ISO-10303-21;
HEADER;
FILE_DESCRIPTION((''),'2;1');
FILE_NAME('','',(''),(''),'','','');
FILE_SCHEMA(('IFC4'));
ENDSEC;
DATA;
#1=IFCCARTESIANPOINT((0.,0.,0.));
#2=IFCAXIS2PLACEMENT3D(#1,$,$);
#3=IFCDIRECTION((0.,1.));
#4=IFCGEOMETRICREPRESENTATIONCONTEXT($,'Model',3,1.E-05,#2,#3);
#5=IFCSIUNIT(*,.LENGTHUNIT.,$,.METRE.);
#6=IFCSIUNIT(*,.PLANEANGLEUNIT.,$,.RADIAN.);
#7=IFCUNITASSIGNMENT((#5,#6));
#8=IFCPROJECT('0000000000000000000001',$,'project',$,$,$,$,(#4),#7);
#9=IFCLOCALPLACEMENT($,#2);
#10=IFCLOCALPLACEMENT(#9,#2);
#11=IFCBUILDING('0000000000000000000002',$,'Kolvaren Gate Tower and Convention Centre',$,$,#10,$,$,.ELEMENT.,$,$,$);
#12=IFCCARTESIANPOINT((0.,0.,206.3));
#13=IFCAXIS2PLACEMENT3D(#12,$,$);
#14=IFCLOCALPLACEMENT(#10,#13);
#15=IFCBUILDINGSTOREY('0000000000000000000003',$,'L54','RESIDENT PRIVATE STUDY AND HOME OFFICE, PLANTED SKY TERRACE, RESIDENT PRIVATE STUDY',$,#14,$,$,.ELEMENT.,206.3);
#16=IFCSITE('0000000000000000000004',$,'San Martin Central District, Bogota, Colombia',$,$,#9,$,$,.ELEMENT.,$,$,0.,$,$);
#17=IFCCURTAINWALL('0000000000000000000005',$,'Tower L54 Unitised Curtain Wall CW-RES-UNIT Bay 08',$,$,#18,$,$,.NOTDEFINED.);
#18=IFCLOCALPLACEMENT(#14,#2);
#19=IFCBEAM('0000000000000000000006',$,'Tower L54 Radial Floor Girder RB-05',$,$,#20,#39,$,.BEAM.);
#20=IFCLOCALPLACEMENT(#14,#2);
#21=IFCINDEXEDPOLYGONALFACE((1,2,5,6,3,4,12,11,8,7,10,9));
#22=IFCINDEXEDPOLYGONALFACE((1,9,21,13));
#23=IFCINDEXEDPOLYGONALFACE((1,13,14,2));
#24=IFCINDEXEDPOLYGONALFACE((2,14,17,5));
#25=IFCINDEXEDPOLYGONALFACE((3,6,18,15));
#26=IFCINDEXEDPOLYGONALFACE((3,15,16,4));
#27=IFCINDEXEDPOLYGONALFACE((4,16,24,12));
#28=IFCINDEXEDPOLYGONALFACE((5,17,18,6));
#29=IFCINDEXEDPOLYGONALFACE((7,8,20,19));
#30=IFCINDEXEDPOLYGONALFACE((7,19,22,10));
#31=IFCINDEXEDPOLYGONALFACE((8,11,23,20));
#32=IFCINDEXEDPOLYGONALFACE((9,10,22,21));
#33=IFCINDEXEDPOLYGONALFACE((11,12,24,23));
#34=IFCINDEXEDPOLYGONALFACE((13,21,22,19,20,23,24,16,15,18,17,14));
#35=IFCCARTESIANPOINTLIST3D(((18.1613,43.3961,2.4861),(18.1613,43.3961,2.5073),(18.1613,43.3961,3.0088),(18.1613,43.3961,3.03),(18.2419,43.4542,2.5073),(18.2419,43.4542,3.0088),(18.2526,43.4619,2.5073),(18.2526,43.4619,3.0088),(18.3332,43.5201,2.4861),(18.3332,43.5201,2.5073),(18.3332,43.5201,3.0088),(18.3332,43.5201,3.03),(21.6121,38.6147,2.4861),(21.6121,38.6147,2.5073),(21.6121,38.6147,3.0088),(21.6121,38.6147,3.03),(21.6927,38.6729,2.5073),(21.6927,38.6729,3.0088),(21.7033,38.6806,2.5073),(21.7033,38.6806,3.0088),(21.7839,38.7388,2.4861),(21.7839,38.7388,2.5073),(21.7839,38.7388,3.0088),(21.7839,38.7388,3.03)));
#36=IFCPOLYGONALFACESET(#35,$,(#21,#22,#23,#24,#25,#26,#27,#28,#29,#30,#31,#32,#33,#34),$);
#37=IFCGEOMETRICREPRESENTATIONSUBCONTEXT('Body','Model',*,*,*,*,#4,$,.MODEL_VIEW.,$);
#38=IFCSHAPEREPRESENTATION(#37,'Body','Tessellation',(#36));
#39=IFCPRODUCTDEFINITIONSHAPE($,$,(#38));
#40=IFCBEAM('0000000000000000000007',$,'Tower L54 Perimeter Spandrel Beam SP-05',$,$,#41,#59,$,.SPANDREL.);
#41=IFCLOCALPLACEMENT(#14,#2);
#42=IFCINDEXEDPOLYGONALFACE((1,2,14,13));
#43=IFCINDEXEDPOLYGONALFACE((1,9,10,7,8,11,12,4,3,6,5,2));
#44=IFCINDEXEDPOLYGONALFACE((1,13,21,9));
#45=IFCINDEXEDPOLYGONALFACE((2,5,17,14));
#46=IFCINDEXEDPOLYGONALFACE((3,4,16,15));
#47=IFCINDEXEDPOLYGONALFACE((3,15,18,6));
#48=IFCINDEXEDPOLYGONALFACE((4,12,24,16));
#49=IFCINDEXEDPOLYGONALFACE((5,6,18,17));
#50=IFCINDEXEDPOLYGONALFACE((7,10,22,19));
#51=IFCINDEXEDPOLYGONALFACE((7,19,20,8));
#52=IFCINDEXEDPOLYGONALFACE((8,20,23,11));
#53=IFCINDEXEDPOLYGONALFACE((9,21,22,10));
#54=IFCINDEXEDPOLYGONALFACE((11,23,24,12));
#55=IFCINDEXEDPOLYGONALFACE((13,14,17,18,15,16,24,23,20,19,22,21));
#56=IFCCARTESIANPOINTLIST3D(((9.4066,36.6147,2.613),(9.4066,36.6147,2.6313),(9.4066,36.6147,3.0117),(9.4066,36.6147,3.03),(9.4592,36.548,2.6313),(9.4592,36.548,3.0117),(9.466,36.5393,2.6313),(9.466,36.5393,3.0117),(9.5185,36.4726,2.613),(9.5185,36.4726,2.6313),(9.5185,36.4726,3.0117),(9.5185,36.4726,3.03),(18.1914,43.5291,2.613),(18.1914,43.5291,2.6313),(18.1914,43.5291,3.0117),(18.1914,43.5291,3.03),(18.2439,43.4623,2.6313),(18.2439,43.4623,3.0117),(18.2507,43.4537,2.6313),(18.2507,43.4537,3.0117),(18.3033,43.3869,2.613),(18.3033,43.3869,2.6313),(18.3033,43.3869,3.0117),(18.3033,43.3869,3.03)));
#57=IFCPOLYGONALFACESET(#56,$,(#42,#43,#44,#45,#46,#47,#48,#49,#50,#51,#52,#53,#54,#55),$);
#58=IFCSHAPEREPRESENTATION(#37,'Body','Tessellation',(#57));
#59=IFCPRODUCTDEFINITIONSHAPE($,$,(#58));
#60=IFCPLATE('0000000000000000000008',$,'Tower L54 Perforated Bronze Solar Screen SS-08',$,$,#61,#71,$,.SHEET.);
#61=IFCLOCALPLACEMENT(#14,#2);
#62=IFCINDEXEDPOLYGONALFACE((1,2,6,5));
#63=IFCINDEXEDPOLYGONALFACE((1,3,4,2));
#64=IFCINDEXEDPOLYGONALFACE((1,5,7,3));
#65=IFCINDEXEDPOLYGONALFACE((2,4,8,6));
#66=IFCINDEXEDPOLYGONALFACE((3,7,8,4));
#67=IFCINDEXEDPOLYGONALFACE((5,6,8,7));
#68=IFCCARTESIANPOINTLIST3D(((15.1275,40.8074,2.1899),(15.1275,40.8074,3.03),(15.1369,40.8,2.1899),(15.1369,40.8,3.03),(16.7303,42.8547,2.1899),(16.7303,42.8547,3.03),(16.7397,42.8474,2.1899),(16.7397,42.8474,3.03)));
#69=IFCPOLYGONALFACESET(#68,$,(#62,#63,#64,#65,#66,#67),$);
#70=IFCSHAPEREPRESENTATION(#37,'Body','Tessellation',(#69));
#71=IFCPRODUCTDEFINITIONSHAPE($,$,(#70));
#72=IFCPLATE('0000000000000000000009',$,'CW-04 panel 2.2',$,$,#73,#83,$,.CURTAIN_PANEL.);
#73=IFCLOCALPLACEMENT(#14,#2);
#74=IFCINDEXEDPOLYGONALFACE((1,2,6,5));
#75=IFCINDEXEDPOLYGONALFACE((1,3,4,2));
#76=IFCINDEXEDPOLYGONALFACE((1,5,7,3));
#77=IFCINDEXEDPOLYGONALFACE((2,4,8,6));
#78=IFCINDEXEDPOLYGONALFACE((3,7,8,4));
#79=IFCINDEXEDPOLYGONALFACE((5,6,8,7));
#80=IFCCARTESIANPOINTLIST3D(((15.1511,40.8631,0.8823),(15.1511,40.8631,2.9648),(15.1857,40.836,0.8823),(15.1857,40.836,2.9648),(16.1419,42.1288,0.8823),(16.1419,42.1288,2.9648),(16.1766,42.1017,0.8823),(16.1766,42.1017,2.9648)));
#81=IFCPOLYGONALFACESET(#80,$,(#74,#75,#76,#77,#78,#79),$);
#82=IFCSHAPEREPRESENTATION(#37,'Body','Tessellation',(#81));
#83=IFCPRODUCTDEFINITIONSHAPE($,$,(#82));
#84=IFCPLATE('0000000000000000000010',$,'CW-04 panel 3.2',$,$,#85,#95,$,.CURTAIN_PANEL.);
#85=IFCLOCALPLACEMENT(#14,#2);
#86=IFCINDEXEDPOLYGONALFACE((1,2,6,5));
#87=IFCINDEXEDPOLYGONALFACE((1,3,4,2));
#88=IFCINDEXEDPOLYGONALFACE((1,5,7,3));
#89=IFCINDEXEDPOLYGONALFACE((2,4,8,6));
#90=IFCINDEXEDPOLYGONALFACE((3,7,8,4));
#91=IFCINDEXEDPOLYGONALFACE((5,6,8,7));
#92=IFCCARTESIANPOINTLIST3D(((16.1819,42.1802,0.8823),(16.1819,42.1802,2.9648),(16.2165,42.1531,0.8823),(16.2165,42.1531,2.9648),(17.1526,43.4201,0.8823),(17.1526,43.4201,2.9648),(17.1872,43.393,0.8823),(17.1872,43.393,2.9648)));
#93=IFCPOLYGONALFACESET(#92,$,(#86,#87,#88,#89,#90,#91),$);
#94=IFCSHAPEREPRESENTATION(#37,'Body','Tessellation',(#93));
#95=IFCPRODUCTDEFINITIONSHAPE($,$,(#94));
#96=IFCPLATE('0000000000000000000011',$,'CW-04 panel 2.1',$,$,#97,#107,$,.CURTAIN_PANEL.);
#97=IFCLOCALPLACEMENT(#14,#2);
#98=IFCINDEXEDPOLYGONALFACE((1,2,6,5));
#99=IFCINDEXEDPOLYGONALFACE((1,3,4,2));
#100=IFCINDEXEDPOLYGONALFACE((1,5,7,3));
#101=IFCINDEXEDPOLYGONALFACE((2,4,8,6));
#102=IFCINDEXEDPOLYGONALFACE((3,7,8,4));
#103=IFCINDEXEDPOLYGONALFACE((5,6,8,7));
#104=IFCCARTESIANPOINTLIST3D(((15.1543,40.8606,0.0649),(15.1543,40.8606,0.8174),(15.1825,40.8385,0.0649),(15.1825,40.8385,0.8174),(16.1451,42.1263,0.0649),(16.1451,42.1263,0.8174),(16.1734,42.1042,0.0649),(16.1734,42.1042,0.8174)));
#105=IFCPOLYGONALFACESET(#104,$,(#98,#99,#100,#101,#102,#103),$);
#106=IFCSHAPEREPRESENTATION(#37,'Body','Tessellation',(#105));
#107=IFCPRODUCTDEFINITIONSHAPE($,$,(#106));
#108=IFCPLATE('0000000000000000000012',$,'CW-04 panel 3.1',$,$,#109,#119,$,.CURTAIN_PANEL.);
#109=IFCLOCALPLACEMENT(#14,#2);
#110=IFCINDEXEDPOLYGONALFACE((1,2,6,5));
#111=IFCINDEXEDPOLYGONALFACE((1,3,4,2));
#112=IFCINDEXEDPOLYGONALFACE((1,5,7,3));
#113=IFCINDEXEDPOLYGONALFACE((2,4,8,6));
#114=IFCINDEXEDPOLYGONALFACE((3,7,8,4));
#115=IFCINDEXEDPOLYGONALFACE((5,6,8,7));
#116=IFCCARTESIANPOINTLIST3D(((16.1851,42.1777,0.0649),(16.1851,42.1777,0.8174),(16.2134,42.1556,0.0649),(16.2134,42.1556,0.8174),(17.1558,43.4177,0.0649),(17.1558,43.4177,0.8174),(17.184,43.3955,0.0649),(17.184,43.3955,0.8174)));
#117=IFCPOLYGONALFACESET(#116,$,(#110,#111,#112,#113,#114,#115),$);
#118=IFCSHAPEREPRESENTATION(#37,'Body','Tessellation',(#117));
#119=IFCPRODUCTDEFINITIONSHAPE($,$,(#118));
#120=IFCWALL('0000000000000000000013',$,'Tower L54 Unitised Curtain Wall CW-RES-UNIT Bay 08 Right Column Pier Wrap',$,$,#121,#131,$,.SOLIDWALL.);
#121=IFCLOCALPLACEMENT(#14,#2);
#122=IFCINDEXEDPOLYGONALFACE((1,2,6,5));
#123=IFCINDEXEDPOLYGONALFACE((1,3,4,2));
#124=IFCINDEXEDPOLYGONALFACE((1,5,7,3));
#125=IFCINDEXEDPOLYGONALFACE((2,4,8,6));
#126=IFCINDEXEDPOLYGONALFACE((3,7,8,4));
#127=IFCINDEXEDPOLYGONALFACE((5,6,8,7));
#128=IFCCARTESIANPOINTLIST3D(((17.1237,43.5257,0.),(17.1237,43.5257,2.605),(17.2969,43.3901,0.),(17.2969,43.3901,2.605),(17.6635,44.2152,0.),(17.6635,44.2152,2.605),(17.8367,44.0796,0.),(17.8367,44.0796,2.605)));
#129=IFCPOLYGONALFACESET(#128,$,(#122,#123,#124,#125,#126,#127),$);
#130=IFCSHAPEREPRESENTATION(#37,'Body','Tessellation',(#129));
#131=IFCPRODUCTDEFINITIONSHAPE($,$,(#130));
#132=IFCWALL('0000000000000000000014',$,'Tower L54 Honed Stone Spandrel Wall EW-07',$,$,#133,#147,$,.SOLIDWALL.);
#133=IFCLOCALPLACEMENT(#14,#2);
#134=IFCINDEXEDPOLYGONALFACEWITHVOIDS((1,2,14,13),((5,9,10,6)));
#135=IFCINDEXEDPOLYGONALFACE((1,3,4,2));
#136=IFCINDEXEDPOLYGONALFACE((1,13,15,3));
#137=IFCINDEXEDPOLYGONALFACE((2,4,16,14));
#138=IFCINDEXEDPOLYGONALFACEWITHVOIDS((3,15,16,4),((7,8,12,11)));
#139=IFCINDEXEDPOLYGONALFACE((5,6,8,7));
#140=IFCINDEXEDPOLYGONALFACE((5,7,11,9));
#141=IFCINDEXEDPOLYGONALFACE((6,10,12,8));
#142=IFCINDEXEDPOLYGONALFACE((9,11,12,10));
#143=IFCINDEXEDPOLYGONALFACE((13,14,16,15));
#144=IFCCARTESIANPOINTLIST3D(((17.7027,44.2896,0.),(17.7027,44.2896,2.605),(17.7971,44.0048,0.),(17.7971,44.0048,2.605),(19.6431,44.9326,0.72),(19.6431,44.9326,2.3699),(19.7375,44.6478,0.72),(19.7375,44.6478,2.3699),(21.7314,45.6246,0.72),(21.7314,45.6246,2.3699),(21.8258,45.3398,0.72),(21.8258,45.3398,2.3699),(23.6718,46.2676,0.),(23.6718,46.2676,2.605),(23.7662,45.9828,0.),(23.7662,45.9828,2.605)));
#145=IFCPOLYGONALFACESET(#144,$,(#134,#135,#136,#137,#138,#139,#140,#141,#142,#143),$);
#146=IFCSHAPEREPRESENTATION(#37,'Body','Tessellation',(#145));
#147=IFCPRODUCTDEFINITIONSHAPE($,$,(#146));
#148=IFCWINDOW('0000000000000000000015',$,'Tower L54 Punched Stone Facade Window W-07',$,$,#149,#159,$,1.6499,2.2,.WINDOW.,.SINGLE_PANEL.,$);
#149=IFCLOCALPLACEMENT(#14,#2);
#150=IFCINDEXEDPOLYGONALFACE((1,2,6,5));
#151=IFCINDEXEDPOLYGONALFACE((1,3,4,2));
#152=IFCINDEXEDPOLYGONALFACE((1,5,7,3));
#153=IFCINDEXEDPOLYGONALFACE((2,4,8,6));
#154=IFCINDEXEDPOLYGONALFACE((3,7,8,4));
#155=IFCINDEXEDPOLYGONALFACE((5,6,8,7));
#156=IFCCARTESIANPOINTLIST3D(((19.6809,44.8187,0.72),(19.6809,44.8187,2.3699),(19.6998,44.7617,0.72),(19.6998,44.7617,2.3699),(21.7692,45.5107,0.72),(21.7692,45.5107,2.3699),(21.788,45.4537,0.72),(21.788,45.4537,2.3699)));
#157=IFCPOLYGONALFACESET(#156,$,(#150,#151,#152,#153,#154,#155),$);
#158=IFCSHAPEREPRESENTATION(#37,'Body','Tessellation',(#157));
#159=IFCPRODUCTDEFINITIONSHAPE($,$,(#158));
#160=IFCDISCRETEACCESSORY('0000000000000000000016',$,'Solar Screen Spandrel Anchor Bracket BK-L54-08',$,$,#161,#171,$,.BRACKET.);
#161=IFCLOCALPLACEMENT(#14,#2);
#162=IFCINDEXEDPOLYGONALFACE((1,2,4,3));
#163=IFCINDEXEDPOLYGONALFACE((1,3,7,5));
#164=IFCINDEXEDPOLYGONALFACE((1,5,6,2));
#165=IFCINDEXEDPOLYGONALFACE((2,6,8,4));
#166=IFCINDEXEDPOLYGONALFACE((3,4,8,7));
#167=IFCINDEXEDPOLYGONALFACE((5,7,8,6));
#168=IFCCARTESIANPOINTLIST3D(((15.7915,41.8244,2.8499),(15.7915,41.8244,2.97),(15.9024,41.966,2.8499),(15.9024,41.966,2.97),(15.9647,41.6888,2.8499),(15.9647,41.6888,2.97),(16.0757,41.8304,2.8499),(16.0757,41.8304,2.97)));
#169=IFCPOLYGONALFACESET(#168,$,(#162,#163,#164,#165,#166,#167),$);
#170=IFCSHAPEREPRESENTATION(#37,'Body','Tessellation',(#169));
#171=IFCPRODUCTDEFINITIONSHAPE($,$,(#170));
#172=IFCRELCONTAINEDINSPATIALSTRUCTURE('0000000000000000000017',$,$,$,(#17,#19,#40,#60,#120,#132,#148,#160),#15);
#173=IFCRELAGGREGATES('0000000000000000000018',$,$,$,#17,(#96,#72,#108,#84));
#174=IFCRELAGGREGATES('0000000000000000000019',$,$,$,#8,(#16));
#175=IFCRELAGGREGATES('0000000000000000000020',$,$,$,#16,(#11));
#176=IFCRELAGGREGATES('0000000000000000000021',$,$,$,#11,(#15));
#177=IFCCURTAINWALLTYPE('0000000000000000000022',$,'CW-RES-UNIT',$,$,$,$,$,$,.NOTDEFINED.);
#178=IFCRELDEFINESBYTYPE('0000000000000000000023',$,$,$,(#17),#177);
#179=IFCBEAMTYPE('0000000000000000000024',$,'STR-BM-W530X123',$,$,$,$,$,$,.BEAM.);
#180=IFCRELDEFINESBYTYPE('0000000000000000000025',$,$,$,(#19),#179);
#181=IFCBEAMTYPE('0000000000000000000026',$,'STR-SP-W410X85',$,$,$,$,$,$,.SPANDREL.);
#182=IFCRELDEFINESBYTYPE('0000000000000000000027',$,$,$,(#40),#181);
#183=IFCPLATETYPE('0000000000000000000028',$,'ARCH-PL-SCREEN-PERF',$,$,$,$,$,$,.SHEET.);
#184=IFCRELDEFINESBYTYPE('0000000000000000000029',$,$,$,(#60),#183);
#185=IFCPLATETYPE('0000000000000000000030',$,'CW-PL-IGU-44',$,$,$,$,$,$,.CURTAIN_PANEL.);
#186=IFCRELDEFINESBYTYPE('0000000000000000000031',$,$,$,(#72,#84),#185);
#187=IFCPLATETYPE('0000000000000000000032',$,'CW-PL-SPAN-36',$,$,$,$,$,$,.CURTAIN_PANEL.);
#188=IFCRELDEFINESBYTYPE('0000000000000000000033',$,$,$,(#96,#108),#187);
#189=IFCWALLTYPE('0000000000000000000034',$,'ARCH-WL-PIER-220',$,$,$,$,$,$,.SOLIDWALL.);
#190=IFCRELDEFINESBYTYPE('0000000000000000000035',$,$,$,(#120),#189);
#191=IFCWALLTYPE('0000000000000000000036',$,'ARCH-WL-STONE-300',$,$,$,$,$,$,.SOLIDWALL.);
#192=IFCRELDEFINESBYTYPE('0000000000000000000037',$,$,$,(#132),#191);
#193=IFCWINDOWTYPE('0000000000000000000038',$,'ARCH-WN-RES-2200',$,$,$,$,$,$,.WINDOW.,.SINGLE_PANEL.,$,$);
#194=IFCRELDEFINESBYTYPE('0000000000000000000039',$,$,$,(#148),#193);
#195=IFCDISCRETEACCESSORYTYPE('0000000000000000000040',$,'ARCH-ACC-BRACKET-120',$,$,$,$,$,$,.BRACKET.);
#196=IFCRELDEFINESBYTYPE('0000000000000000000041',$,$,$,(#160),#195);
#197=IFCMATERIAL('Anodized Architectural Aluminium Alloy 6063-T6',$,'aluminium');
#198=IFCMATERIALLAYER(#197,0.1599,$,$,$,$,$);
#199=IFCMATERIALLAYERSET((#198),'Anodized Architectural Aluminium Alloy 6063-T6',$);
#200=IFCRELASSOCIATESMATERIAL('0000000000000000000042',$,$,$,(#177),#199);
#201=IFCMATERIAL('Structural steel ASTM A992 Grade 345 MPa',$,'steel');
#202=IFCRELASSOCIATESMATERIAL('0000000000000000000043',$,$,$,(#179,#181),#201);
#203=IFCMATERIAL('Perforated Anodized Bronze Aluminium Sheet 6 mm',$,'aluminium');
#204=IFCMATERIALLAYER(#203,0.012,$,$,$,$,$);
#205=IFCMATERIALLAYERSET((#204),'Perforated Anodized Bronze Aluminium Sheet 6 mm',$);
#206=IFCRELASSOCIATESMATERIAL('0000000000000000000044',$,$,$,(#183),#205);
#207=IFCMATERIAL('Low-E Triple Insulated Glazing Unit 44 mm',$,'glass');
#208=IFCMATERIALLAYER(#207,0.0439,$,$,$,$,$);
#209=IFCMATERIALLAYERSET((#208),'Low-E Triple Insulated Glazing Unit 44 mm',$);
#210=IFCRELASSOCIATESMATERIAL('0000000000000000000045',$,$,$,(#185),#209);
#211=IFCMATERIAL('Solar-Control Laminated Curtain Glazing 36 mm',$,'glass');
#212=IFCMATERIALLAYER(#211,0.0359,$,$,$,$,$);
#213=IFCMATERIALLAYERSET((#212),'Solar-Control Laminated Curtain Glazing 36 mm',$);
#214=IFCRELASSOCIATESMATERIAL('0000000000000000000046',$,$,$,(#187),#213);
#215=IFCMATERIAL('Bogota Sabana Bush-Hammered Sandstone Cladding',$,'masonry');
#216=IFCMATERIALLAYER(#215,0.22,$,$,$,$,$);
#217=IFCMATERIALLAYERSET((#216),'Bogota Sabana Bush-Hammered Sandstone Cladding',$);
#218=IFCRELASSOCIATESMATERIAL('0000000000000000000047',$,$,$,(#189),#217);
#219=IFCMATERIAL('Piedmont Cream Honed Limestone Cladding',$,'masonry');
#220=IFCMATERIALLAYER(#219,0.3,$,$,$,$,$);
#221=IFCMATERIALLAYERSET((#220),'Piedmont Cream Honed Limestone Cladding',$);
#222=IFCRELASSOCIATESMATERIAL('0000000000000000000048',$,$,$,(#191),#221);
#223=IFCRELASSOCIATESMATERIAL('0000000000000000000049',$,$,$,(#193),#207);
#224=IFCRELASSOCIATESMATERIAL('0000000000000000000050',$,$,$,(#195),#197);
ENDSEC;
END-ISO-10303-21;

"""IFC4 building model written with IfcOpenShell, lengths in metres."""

from ifc_helpers import new_model, si_unit, direction, frame, frame_2d, origin, origin_2d, place, context, subcontext, project, spatial, rectangle, i_section, extrude, material, layer, layer_set, material_profile, profile_set, type_object, element, fill, aggregate, save


model = new_model("IFC4")

# Units and contexts
model_context = context("Model", 3, precision=1e-05, world=origin(), true_north=direction((0.0, 1.0)))
body_context = subcontext(model_context, "Body", "Model", "MODEL_VIEW")
ifc_project = project(units=[si_unit("LENGTHUNIT", "METRE"), si_unit("PLANEANGLEUNIT", "RADIAN")], contexts=[model_context])

# Site, building, storey
site_placement = place(None, origin())
site = spatial("IfcSite", under=ifc_project, at=site_placement, Name="San Martin Central District, Bogota, Colombia", CompositionType="ELEMENT", RefElevation=0.0)
building_placement = place(site_placement, origin())
building = spatial("IfcBuilding", under=site, at=building_placement, Name="Kolvaren Gate Tower and Convention Centre", CompositionType="ELEMENT")
storey_placement = place(building_placement, frame((0.0, 0.0, 206.3)))
storey = spatial("IfcBuildingStorey", under=building, at=storey_placement, Name="L54", Description="RESIDENT PRIVATE STUDY AND HOME OFFICE, PLANTED SKY TERRACE, RESIDENT PRIVATE STUDY", CompositionType="ELEMENT", Elevation=206.3)

# Curtain wall
ifc_material_1 = material(Name="Anodized Architectural Aluminium Alloy 6063-T6", Category="aluminium")
ifc_layer_1 = layer(ifc_material_1, 0.1599)
ifc_layer_set_1 = layer_set([ifc_layer_1], Name="Anodized Architectural Aluminium Alloy 6063-T6")
curtain_wall_type = type_object("IfcCurtainWallType", Name="CW-RES-UNIT", PredefinedType="NOTDEFINED", material=ifc_layer_set_1)
curtain_wall_placement = place(storey_placement, origin())
curtain_wall = element("IfcCurtainWall", 1, at=curtain_wall_placement, inside=storey, type_object=curtain_wall_type, Name="Tower L54 Unitised Curtain Wall CW-RES-UNIT Bay 08", PredefinedType="NOTDEFINED")

# Beams
ifc_material_2 = material(Name="Structural steel ASTM A992 Grade 345 MPa", Category="steel")
ifc_material_profile_1 = material_profile(ifc_material_2, i_section(OverallWidth=0.2119, OverallDepth=0.5439, WebThickness=0.0132, FlangeThickness=0.0212, at=origin_2d()), Name="W530X123")
ifc_profile_set_1 = profile_set([ifc_material_profile_1], Name="Structural steel ASTM A992 Grade 345 MPa")
beam_type_1 = type_object("IfcBeamType", Name="STR-BM-W530X123", PredefinedType="BEAM", material=ifc_profile_set_1)
beam_1_placement = place(storey_placement, frame((21.698, 38.6768, 2.7581), z_axis=(-0.585218, 0.810876, 0.0), x_axis=(-0.810876, -0.585218, 0.0)))
element("IfcBeam", 2, at=beam_1_placement, inside=storey, type_object=beam_type_1, Name="Tower L54 Radial Floor Girder RB-05", PredefinedType="BEAM", context=body_context, shape_type="SweptSolid", body=[
    extrude(i_section(OverallWidth=0.2119, OverallDepth=0.5439, WebThickness=0.0132, FlangeThickness=0.0212, at=origin_2d()), origin(), (0.0, 0.0, 1.0), 5.8965),
])
ifc_material_profile_2 = material_profile(ifc_material_2, i_section(OverallWidth=0.1809, OverallDepth=0.417, WebThickness=0.011, FlangeThickness=0.0183, at=origin_2d()), Name="W410X85")
ifc_profile_set_2 = profile_set([ifc_material_profile_2], Name="Structural steel ASTM A992 Grade 345 MPa")
beam_type_2 = type_object("IfcBeamType", Name="STR-SP-W410X85", PredefinedType="SPANDREL", material=ifc_profile_set_2)
beam_2_placement = place(storey_placement, frame((18.2473, 43.458, 2.8215), z_axis=(-0.785794, -0.618489, 0.0), x_axis=(0.618489, -0.785794, 0.0)))
element("IfcBeam", 3, at=beam_2_placement, inside=storey, type_object=beam_type_2, Name="Tower L54 Perimeter Spandrel Beam SP-05", PredefinedType="SPANDREL", context=body_context, shape_type="SweptSolid", body=[
    extrude(i_section(OverallWidth=0.1809, OverallDepth=0.417, WebThickness=0.011, FlangeThickness=0.0183, at=origin_2d()), origin(), (0.0, 0.0, 1.0), 11.1794),
])

# Plates
ifc_material_3 = material(Name="Perforated Anodized Bronze Aluminium Sheet 6 mm", Category="aluminium")
ifc_layer_2 = layer(ifc_material_3, 0.012)
ifc_layer_set_2 = layer_set([ifc_layer_2], Name="Perforated Anodized Bronze Aluminium Sheet 6 mm")
plate_type_1 = type_object("IfcPlateType", Name="ARCH-PL-SCREEN-PERF", PredefinedType="SHEET", material=ifc_layer_set_2)
plate_1_placement = place(storey_placement, frame((15.9336, 41.8274, 2.1899), z_axis=(0.0, 0.0, 1.0), x_axis=(0.616434, 0.787406, 0.0)))
element("IfcPlate", 4, at=plate_1_placement, inside=storey, type_object=plate_type_1, Name="Tower L54 Perforated Bronze Solar Screen SS-08", PredefinedType="SHEET", context=body_context, shape_type="SweptSolid", body=[
    extrude(rectangle(XDim=2.6001, YDim=0.012, at=origin_2d()), origin(), (0.0, 0.0, 1.0), 0.8401),
])
ifc_material_4 = material(Name="Low-E Triple Insulated Glazing Unit 44 mm", Category="glass")
ifc_layer_3 = layer(ifc_material_4, 0.0439)
ifc_layer_set_3 = layer_set([ifc_layer_3], Name="Low-E Triple Insulated Glazing Unit 44 mm")
plate_type_2 = type_object("IfcPlateType", Name="CW-PL-IGU-44", PredefinedType="CURTAIN_PANEL", material=ifc_layer_set_3)
plate_2_placement = place(storey_placement, frame((15.6638, 41.4824, 0.8823), z_axis=(0.0, 0.0, 1.0), x_axis=(0.61643, 0.78741, 0.0)))
plate_2 = element("IfcPlate", 5, at=plate_2_placement, type_object=plate_type_2, Name="CW-04 panel 2.2", PredefinedType="CURTAIN_PANEL", context=body_context, shape_type="SweptSolid", body=[
    extrude(rectangle(XDim=1.6074, YDim=0.0439, at=origin_2d()), origin(), (0.0, 0.0, 1.0), 2.0825),
])
plate_3_placement = place(storey_placement, frame((16.6846, 42.7866, 0.8823), z_axis=(0.0, 0.0, 1.0), x_axis=(0.61643, 0.78741, 0.0)))
plate_3 = element("IfcPlate", 6, at=plate_3_placement, type_object=plate_type_2, Name="CW-04 panel 3.2", PredefinedType="CURTAIN_PANEL", context=body_context, shape_type="SweptSolid", body=[
    extrude(rectangle(XDim=1.5747, YDim=0.0439, at=origin_2d()), origin(), (0.0, 0.0, 1.0), 2.0825),
])
ifc_material_5 = material(Name="Solar-Control Laminated Curtain Glazing 36 mm", Category="glass")
ifc_layer_4 = layer(ifc_material_5, 0.0359)
ifc_layer_set_4 = layer_set([ifc_layer_4], Name="Solar-Control Laminated Curtain Glazing 36 mm")
plate_type_3 = type_object("IfcPlateType", Name="CW-PL-SPAN-36", PredefinedType="CURTAIN_PANEL", material=ifc_layer_set_4)
plate_4_placement = place(storey_placement, frame((15.6638, 41.4824, 0.0649), z_axis=(0.0, 0.0, 1.0), x_axis=(0.61643, 0.78741, 0.0)))
plate_4 = element("IfcPlate", 7, at=plate_4_placement, type_object=plate_type_3, Name="CW-04 panel 2.1", PredefinedType="CURTAIN_PANEL", context=body_context, shape_type="SweptSolid", body=[
    extrude(rectangle(XDim=1.6074, YDim=0.0359, at=origin_2d()), origin(), (0.0, 0.0, 1.0), 0.7524),
])
plate_5_placement = place(storey_placement, frame((16.6846, 42.7866, 0.0649), z_axis=(0.0, 0.0, 1.0), x_axis=(0.61643, 0.78741, 0.0)))
plate_5 = element("IfcPlate", 8, at=plate_5_placement, type_object=plate_type_3, Name="CW-04 panel 3.1", PredefinedType="CURTAIN_PANEL", context=body_context, shape_type="SweptSolid", body=[
    extrude(rectangle(XDim=1.5747, YDim=0.0359, at=origin_2d()), origin(), (0.0, 0.0, 1.0), 0.7524),
])
aggregate(curtain_wall, [plate_4, plate_2, plate_5, plate_3])

# Wall
ifc_material_6 = material(Name="Bogota Sabana Bush-Hammered Sandstone Cladding", Category="masonry")
ifc_layer_5 = layer(ifc_material_6, 0.22)
ifc_layer_set_5 = layer_set([ifc_layer_5], Name="Bogota Sabana Bush-Hammered Sandstone Cladding")
wall_type_1 = type_object("IfcWallType", Name="ARCH-WL-PIER-220", PredefinedType="SOLIDWALL", material=ifc_layer_set_5)
wall_1_placement = place(storey_placement, frame((17.2102, 43.4578, 0.0), z_axis=(0.0, 0.0, 1.0), x_axis=(0.616466, 0.787381, 0.0)))
element("IfcWall", 9, at=wall_1_placement, inside=storey, type_object=wall_type_1, Name="Tower L54 Unitised Curtain Wall CW-RES-UNIT Bay 08 Right Column Pier Wrap", PredefinedType="SOLIDWALL", context=body_context, shape_type="SweptSolid", body=[
    extrude(rectangle(XDim=0.8757, YDim=0.22, at=frame_2d((0.438, 0.0))), origin(), (0.0, 0.0, 1.0), 2.605),
])

# Wall, opening, window
ifc_material_7 = material(Name="Piedmont Cream Honed Limestone Cladding", Category="masonry")
ifc_layer_6 = layer(ifc_material_7, 0.3)
ifc_layer_set_6 = layer_set([ifc_layer_6], Name="Piedmont Cream Honed Limestone Cladding")
wall_type_2 = type_object("IfcWallType", Name="ARCH-WL-STONE-300", PredefinedType="SOLIDWALL", material=ifc_layer_set_6)
wall_2_placement = place(storey_placement, frame((17.75, 44.1472, 0.0), z_axis=(0.0, 0.0, 1.0), x_axis=(0.949241, 0.31455, 0.0)))
wall_2 = element("IfcWall", 10, at=wall_2_placement, inside=storey, type_object=wall_type_2, Name="Tower L54 Honed Stone Spandrel Wall EW-07", PredefinedType="SOLIDWALL", context=body_context, shape_type="SweptSolid", body=[
    extrude(rectangle(XDim=6.2883, YDim=0.3, at=frame_2d((3.144, 0.0))), origin(), (0.0, 0.0, 1.0), 2.605),
])
opening_placement = place(wall_2_placement, frame((2.0439, 0.0, 0.72)))
opening = element("IfcOpeningElement", 11, at=opening_placement, cuts=wall_2, PredefinedType="OPENING", context=body_context, shape_type="SweptSolid", body=[
    extrude(rectangle(XDim=2.2, YDim=1.6499, at=frame_2d((1.1001, 0.825))), frame((0.0, 0.1599, 0.0), z_axis=(0.0, -1.0, 0.0), x_axis=(1.0, 0.0, 0.0)), (0.0, 0.0, 1.0), 0.3201),
])
window_type = type_object("IfcWindowType", Name="ARCH-WN-RES-2200", PartitioningType="SINGLE_PANEL", PredefinedType="WINDOW", material=ifc_material_4)
window_placement = place(opening_placement, origin())
window = element("IfcWindow", 12, at=window_placement, inside=storey, type_object=window_type, Name="Tower L54 Punched Stone Facade Window W-07", OverallHeight=1.6499, OverallWidth=2.2, PartitioningType="SINGLE_PANEL", PredefinedType="WINDOW", context=body_context, shape_type="SweptSolid", body=[
    extrude(rectangle(XDim=2.2, YDim=1.6499, at=frame_2d((1.1001, 0.825))), frame((0.0, 0.03, 0.0), z_axis=(0.0, -1.0, 0.0), x_axis=(1.0, 0.0, 0.0)), (0.0, 0.0, 1.0), 0.0601),
])
fill(opening, window)

# Discrete accessory
discrete_accessory_type = type_object("IfcDiscreteAccessoryType", Name="ARCH-ACC-BRACKET-120", PredefinedType="BRACKET", material=ifc_material_1)
discrete_accessory_placement = place(storey_placement, frame((15.9336, 41.8274, 2.8499), z_axis=(0.0, 0.0, 1.0), x_axis=(0.616434, 0.787406, 0.0)))
element("IfcDiscreteAccessory", 13, at=discrete_accessory_placement, inside=storey, type_object=discrete_accessory_type, Name="Solar Screen Spandrel Anchor Bracket BK-L54-08", PredefinedType="BRACKET", context=body_context, shape_type="SweptSolid", body=[
    extrude(rectangle(XDim=0.1799, YDim=0.22, at=origin_2d()), origin(), (0.0, 0.0, 1.0), 0.1201),
])

save(model, "model.ifc")
